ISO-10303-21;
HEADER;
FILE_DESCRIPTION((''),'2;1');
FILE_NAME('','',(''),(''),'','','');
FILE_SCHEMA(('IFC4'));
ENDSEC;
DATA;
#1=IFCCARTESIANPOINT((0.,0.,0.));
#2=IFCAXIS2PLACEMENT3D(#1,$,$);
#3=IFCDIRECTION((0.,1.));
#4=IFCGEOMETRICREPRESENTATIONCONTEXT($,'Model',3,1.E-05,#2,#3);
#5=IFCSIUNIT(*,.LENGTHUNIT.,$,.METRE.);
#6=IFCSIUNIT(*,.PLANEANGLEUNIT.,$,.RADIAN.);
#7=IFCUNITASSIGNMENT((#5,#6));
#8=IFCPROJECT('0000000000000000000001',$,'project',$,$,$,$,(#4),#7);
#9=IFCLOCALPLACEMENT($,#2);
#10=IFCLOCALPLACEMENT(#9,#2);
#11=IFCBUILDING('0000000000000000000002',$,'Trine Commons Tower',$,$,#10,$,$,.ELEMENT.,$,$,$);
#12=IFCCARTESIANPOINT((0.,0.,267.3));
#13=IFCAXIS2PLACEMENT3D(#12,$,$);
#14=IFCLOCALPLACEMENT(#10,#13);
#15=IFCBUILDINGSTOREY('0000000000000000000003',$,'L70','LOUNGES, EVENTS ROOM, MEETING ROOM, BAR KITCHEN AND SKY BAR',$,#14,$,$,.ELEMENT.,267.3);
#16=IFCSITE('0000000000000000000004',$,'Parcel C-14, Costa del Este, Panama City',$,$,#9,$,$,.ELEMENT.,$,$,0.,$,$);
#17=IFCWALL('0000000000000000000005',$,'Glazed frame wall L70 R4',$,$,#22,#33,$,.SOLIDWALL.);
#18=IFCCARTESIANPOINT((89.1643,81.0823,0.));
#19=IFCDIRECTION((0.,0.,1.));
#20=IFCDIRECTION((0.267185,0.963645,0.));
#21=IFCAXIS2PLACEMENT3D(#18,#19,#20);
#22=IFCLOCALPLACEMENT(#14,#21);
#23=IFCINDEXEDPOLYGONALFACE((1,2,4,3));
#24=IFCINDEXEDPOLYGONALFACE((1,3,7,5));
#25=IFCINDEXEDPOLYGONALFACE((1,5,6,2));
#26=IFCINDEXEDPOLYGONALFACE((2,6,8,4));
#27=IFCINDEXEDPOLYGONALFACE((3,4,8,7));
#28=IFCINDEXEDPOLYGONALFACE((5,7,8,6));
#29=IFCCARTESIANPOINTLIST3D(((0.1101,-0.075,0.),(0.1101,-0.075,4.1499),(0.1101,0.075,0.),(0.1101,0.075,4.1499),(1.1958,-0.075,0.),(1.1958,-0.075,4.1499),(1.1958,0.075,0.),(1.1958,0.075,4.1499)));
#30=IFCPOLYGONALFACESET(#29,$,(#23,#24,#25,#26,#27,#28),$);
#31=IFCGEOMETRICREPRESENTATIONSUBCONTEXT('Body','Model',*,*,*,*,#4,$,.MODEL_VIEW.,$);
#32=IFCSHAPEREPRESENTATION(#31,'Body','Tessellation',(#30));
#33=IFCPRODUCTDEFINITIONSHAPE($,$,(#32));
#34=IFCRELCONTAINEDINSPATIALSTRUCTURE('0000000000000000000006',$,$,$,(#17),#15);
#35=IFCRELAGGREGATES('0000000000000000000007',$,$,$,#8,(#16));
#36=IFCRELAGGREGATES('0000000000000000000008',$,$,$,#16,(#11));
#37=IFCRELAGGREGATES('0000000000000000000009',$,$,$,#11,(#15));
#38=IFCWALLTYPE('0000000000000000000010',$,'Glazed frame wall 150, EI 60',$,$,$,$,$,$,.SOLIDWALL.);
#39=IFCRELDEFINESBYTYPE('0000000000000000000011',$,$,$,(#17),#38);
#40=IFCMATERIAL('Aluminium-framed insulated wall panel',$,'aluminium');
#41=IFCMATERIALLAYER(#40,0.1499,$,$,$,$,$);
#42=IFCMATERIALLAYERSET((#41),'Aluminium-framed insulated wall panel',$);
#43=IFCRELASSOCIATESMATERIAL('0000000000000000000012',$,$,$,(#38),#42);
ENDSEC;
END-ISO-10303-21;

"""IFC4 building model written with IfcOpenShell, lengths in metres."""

from ifc_helpers import new_model, si_unit, direction, frame, origin, place, context, subcontext, project, spatial, polyline, outline, extrude, material, layer, layer_set, type_object, element, save


model = new_model("IFC4")

# Units and contexts
model_context = context("Model", 3, precision=1e-05, world=origin(), true_north=direction((0.0, 1.0)))
body_context = subcontext(model_context, "Body", "Model", "MODEL_VIEW")
ifc_project = project(units=[si_unit("LENGTHUNIT", "METRE"), si_unit("PLANEANGLEUNIT", "RADIAN")], contexts=[model_context])

# Site, building, storey
site_placement = place(None, origin())
site = spatial("IfcSite", under=ifc_project, at=site_placement, Name="Parcel C-14, Costa del Este, Panama City", CompositionType="ELEMENT", RefElevation=0.0)
building_placement = place(site_placement, origin())
building = spatial("IfcBuilding", under=site, at=building_placement, Name="Trine Commons Tower", CompositionType="ELEMENT")
storey_placement = place(building_placement, frame((0.0, 0.0, 267.3)))
storey = spatial("IfcBuildingStorey", under=building, at=storey_placement, Name="L70", Description="LOUNGES, EVENTS ROOM, MEETING ROOM, BAR KITCHEN AND SKY BAR", CompositionType="ELEMENT", Elevation=267.3)

# Wall
ifc_material_1 = material(Name="Aluminium-framed insulated wall panel", Category="aluminium")
ifc_layer_1 = layer(ifc_material_1, 0.1499)
ifc_layer_set_1 = layer_set([ifc_layer_1], Name="Aluminium-framed insulated wall panel")
wall_type_1 = type_object("IfcWallType", Name="Glazed frame wall 150, EI 60", PredefinedType="SOLIDWALL", material=ifc_layer_set_1)
wall_1_placement = place(storey_placement, frame((89.1643, 81.0823, 0.0), z_axis=(0.0, 0.0, 1.0), x_axis=(0.267185, 0.963645, 0.0)))
element("IfcWall", 1, at=wall_1_placement, inside=storey, type_object=wall_type_1, Name="Glazed frame wall L70 R4", PredefinedType="SOLIDWALL", context=body_context, shape_type="SweptSolid", body=[
    extrude(outline(polyline([(0.1101, 0.075), (0.1101, -0.075), (1.1958, -0.075), (1.1958, 0.075), (0.1101, 0.075)])), origin(), (0.0, 0.0, 1.0), 4.1499),
])

save(model, "model.ifc")
